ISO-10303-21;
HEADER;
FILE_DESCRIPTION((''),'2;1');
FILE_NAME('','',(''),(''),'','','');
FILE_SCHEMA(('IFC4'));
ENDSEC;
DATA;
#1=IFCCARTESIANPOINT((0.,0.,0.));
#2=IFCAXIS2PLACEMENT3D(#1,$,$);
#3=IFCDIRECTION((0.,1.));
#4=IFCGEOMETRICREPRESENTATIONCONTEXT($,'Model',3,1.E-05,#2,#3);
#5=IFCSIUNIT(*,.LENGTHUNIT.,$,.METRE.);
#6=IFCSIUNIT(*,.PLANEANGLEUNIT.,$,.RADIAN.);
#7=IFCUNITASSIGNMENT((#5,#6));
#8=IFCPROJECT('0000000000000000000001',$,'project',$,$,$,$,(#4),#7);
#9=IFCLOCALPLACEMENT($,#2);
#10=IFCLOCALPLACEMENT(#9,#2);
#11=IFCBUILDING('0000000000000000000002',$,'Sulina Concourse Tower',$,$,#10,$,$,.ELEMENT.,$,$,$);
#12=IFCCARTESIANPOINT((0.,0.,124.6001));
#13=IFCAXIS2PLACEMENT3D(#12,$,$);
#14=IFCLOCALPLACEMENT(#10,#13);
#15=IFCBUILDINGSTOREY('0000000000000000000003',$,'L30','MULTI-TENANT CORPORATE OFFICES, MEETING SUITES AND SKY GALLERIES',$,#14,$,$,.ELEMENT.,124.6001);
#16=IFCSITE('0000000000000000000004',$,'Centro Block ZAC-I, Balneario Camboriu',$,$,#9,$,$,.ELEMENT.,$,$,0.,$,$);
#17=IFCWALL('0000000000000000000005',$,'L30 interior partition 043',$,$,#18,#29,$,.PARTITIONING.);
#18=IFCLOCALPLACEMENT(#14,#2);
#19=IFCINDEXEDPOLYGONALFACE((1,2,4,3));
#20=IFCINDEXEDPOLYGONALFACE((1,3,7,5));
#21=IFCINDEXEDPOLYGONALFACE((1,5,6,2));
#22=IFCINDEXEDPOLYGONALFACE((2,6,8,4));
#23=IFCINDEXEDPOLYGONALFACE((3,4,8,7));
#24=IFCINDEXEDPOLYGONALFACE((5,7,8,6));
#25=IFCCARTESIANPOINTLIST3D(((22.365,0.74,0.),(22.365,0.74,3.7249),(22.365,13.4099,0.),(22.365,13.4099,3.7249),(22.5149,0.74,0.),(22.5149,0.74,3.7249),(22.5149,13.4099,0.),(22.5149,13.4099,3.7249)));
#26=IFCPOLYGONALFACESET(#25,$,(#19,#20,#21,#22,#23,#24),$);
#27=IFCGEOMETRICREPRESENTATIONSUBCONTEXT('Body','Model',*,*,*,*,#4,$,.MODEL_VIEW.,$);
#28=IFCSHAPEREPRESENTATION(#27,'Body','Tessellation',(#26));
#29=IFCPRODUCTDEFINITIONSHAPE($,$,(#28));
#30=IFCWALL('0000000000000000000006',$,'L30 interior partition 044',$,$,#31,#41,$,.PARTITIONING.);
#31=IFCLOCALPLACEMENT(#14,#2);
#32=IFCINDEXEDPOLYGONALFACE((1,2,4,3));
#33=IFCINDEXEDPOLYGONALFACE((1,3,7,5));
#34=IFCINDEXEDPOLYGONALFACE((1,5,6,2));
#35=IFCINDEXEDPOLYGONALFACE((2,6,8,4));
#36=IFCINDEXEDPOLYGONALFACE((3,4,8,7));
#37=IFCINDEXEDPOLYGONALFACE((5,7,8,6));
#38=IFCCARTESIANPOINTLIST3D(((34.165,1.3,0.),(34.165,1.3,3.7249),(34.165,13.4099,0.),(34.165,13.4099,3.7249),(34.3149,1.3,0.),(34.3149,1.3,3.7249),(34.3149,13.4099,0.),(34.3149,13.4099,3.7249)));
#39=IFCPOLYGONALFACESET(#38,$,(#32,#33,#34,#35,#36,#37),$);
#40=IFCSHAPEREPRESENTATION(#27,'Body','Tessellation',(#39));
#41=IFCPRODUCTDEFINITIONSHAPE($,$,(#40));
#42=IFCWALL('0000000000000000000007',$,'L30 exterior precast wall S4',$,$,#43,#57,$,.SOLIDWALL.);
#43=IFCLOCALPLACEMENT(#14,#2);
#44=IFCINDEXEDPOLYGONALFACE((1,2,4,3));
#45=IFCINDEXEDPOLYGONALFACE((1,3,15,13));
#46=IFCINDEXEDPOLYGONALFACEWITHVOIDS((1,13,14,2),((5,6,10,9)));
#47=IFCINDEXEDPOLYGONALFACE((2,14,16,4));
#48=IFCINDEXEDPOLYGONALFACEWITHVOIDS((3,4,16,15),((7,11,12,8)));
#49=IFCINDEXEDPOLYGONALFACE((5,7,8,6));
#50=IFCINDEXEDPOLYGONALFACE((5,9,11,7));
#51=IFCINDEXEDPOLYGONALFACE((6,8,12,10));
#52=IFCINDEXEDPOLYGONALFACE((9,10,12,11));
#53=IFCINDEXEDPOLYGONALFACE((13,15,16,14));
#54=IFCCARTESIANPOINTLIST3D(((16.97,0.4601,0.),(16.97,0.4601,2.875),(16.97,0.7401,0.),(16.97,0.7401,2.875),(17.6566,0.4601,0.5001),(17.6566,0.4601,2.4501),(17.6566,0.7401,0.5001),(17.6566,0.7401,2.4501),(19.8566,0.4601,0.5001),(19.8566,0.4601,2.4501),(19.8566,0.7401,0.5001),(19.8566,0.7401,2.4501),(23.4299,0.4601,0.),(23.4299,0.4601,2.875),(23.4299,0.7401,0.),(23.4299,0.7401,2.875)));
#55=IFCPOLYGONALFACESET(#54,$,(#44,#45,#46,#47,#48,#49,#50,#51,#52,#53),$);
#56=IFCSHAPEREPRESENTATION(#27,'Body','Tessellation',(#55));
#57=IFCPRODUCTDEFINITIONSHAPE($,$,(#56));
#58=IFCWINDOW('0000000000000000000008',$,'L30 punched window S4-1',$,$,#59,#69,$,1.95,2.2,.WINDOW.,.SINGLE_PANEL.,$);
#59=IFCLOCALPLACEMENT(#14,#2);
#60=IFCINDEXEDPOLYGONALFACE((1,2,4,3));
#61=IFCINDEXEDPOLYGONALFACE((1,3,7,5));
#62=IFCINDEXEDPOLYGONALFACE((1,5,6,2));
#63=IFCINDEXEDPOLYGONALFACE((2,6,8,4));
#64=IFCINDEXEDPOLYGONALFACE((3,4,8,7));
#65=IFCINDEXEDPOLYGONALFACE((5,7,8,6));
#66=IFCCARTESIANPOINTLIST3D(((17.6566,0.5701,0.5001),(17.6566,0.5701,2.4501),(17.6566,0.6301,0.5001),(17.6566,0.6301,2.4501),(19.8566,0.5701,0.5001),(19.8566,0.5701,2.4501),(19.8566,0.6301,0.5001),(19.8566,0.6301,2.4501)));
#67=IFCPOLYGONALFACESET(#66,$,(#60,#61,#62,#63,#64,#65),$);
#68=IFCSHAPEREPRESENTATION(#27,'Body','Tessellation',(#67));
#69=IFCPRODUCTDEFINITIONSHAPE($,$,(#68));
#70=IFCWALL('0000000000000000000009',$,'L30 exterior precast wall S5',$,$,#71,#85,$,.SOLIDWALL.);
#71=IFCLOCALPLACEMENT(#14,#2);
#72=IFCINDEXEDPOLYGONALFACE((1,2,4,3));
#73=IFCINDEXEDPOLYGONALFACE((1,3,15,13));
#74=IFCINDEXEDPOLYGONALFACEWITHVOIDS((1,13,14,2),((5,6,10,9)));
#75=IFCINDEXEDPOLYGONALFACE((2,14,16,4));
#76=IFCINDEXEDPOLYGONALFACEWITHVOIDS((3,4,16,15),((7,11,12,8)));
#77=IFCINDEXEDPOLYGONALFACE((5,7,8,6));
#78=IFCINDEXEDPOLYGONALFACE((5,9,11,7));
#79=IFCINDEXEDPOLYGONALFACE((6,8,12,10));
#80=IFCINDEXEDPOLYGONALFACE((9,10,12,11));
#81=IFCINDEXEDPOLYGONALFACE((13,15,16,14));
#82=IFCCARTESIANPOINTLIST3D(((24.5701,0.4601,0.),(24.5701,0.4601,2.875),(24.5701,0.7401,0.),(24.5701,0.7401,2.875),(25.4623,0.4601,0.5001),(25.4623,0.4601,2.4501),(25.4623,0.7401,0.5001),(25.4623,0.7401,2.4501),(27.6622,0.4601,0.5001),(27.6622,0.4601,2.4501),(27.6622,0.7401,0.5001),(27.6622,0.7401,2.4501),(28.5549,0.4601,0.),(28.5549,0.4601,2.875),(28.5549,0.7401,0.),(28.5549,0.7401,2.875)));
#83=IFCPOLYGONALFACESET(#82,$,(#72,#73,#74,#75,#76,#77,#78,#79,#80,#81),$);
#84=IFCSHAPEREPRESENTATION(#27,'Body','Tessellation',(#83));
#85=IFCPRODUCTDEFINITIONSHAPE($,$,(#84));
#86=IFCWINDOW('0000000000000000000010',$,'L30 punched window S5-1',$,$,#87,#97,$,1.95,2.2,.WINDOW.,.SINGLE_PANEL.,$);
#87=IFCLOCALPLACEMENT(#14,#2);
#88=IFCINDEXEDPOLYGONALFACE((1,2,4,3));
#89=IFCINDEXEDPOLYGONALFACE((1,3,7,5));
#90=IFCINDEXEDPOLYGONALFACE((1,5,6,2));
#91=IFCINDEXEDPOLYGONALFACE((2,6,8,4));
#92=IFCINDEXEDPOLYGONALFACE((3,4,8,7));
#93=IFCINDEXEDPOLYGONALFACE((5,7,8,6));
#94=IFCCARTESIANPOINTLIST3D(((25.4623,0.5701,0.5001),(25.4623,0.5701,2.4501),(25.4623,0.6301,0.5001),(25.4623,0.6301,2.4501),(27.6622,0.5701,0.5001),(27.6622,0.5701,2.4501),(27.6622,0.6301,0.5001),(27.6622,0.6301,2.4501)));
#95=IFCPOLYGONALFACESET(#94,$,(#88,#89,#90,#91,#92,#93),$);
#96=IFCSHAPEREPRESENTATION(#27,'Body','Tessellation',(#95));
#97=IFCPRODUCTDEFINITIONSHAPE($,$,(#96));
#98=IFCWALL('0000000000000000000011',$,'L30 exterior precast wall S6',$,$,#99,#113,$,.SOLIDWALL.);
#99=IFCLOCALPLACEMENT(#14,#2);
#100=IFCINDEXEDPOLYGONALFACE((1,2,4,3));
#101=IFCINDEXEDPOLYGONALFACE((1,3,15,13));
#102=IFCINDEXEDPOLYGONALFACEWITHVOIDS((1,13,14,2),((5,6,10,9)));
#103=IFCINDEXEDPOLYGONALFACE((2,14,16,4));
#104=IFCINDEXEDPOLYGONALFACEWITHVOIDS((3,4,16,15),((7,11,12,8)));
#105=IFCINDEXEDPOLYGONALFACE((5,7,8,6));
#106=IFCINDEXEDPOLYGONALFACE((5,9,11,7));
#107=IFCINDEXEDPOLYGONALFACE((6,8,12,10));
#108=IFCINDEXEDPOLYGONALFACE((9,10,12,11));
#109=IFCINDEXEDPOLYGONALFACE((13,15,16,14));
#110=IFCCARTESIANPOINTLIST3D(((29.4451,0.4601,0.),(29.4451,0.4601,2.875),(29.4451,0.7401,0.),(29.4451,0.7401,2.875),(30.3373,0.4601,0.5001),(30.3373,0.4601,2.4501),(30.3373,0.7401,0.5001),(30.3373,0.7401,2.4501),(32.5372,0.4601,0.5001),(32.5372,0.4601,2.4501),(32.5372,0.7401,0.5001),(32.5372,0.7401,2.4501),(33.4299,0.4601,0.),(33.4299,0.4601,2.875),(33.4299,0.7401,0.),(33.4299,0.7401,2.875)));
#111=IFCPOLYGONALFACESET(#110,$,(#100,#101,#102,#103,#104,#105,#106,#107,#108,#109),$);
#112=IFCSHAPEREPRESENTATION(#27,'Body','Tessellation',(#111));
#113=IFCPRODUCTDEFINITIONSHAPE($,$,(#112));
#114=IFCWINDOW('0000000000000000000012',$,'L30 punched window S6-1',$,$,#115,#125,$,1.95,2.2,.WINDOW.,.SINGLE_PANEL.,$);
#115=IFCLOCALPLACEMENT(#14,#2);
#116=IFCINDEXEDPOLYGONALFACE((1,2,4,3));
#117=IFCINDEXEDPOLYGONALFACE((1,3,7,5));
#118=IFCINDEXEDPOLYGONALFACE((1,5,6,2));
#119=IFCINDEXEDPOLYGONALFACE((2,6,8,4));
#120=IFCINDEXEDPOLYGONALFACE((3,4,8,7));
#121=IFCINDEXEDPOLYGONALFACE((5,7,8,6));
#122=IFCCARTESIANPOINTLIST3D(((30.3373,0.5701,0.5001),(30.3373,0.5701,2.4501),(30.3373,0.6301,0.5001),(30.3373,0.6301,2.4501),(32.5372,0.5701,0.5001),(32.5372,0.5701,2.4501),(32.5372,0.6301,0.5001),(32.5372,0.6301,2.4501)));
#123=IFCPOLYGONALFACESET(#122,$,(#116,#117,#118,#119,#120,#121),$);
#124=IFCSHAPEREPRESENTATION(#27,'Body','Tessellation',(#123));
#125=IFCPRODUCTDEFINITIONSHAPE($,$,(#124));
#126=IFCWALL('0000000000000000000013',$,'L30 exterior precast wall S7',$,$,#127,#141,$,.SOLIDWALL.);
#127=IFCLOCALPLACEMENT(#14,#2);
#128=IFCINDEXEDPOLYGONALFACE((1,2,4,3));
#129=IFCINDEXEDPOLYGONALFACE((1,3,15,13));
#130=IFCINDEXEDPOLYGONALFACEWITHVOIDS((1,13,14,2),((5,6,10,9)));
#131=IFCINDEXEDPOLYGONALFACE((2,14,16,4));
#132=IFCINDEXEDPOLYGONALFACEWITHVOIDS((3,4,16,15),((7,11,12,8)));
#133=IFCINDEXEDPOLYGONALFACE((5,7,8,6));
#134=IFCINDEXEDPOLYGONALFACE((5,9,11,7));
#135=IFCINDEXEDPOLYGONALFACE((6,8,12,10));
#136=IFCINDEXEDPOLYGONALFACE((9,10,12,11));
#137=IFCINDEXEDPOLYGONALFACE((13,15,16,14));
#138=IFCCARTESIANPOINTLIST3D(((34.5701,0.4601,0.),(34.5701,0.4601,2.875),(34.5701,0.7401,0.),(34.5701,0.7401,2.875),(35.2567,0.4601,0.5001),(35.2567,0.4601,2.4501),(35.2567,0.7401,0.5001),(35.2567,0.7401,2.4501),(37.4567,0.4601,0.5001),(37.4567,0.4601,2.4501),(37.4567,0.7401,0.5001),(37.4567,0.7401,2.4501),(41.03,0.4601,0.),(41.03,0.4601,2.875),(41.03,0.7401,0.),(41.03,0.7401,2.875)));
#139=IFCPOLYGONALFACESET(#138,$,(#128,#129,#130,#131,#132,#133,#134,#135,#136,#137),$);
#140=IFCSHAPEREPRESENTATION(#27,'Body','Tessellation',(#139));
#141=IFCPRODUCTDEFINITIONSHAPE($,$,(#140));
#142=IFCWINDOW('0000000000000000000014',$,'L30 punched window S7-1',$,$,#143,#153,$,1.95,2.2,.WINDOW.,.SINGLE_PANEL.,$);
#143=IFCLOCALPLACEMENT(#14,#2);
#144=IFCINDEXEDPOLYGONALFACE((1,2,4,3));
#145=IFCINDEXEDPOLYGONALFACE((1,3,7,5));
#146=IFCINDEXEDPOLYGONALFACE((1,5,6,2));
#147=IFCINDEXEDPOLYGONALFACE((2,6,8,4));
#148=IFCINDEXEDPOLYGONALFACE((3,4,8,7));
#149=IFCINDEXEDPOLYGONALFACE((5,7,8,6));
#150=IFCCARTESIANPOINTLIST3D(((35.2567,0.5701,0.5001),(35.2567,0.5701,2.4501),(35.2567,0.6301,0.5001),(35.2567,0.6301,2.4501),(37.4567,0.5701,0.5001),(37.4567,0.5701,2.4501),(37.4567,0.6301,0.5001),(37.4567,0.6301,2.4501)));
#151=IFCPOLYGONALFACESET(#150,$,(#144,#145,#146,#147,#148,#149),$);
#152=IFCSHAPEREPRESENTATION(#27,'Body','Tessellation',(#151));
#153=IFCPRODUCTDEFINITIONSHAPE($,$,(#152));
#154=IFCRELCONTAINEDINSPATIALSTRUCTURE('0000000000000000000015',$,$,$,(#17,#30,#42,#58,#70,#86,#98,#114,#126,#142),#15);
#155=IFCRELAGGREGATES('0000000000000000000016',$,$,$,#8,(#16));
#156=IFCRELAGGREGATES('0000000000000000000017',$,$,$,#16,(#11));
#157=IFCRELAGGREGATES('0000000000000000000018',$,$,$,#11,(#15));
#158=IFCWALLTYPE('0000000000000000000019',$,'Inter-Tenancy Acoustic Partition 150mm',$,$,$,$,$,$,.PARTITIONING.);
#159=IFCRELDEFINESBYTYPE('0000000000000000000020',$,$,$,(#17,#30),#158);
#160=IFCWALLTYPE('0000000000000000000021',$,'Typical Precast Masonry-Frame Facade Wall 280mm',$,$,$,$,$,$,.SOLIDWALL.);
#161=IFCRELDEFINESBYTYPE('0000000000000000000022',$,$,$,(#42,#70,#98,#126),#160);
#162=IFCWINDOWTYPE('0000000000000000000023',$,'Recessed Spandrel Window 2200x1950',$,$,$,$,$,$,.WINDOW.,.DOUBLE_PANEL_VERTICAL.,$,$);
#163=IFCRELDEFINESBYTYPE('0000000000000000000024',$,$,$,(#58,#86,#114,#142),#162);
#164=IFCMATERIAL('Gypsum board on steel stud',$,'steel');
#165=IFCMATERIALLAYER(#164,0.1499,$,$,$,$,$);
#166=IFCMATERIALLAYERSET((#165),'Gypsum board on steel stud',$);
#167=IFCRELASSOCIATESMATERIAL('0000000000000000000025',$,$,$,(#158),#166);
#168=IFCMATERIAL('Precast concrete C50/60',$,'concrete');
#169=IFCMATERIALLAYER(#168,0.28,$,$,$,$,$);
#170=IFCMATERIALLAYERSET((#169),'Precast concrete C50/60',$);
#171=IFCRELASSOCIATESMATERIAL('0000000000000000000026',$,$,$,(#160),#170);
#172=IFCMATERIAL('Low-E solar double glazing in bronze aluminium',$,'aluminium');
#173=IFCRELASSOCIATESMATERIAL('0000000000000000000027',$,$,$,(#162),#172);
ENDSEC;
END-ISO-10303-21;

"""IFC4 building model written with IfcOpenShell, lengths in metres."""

from ifc_helpers import new_model, si_unit, direction, frame, frame_2d, origin, place, context, subcontext, project, spatial, rectangle, extrude, material, layer, layer_set, type_object, element, fill, save


model = new_model("IFC4")

# Units and contexts
model_context = context("Model", 3, precision=1e-05, world=origin(), true_north=direction((0.0, 1.0)))
body_context = subcontext(model_context, "Body", "Model", "MODEL_VIEW")
ifc_project = project(units=[si_unit("LENGTHUNIT", "METRE"), si_unit("PLANEANGLEUNIT", "RADIAN")], contexts=[model_context])

# Site, building, storey
site_placement = place(None, origin())
site = spatial("IfcSite", under=ifc_project, at=site_placement, Name="Centro Block ZAC-I, Balneario Camboriu", CompositionType="ELEMENT", RefElevation=0.0)
building_placement = place(site_placement, origin())
building = spatial("IfcBuilding", under=site, at=building_placement, Name="Sulina Concourse Tower", CompositionType="ELEMENT")
storey_placement = place(building_placement, frame((0.0, 0.0, 124.6001)))
storey = spatial("IfcBuildingStorey", under=building, at=storey_placement, Name="L30", Description="MULTI-TENANT CORPORATE OFFICES, MEETING SUITES AND SKY GALLERIES", CompositionType="ELEMENT", Elevation=124.6001)

# Walls
ifc_material_1 = material(Name="Gypsum board on steel stud", Category="steel")
ifc_layer_1 = layer(ifc_material_1, 0.1499)
ifc_layer_set_1 = layer_set([ifc_layer_1], Name="Gypsum board on steel stud")
wall_type_1 = type_object("IfcWallType", Name="Inter-Tenancy Acoustic Partition 150mm", PredefinedType="PARTITIONING", material=ifc_layer_set_1)
wall_1_placement = place(storey_placement, frame((22.4399, 0.74, 0.0), z_axis=(0.0, 0.0, 1.0), x_axis=(0.0, 1.0, 0.0)))
element("IfcWall", 1, at=wall_1_placement, inside=storey, type_object=wall_type_1, Name="L30 interior partition 043", PredefinedType="PARTITIONING", context=body_context, shape_type="SweptSolid", body=[
    extrude(rectangle(XDim=12.6699, YDim=0.1499, at=frame_2d((6.335, 0.0))), origin(), (0.0, 0.0, 1.0), 3.7249),
])
wall_2_placement = place(storey_placement, frame((34.24, 1.3, 0.0), z_axis=(0.0, 0.0, 1.0), x_axis=(0.0, 1.0, 0.0)))
element("IfcWall", 2, at=wall_2_placement, inside=storey, type_object=wall_type_1, Name="L30 interior partition 044", PredefinedType="PARTITIONING", context=body_context, shape_type="SweptSolid", body=[
    extrude(rectangle(XDim=12.1099, YDim=0.1499, at=frame_2d((6.0549, 0.0))), origin(), (0.0, 0.0, 1.0), 3.7249),
])

# Walls, openings, windows
ifc_material_2 = material(Name="Precast concrete C50/60", Category="concrete")
ifc_layer_2 = layer(ifc_material_2, 0.28)
ifc_layer_set_2 = layer_set([ifc_layer_2], Name="Precast concrete C50/60")
wall_type_2 = type_object("IfcWallType", Name="Typical Precast Masonry-Frame Facade Wall 280mm", PredefinedType="SOLIDWALL", material=ifc_layer_set_2)
wall_3_placement = place(storey_placement, frame((23.4299, 0.6001, 0.0), z_axis=(0.0, 0.0, 1.0), x_axis=(-1.0, 0.0, 0.0)))
wall_3 = element("IfcWall", 3, at=wall_3_placement, inside=storey, type_object=wall_type_2, Name="L30 exterior precast wall S4", PredefinedType="SOLIDWALL", context=body_context, shape_type="SweptSolid", body=[
    extrude(rectangle(XDim=6.46, YDim=0.28, at=frame_2d((3.23, 0.0))), origin(), (0.0, 0.0, 1.0), 2.875),
])
opening_1_placement = place(wall_3_placement, frame((3.5732, 0.0, 0.5)))
opening_1 = element("IfcOpeningElement", 4, at=opening_1_placement, cuts=wall_3, PredefinedType="OPENING", context=body_context, shape_type="SweptSolid", body=[
    extrude(rectangle(XDim=2.2, YDim=1.95, at=frame_2d((1.1001, 0.9751))), frame((0.0, 0.1499, 0.0), z_axis=(0.0, -1.0, 0.0), x_axis=(1.0, 0.0, 0.0)), (0.0, 0.0, 1.0), 0.3),
])
ifc_material_3 = material(Name="Low-E solar double glazing in bronze aluminium", Category="aluminium")
window_type = type_object("IfcWindowType", Name="Recessed Spandrel Window 2200x1950", PartitioningType="DOUBLE_PANEL_VERTICAL", PredefinedType="WINDOW", material=ifc_material_3)
window_1_placement = place(opening_1_placement, origin())
window_1 = element("IfcWindow", 5, at=window_1_placement, inside=storey, type_object=window_type, Name="L30 punched window S4-1", OverallHeight=1.95, OverallWidth=2.2, PartitioningType="SINGLE_PANEL", PredefinedType="WINDOW", context=body_context, shape_type="SweptSolid", body=[
    extrude(rectangle(XDim=2.2, YDim=1.95, at=frame_2d((1.1001, 0.9751))), frame((0.0, 0.03, 0.0), z_axis=(0.0, -1.0, 0.0), x_axis=(1.0, 0.0, 0.0)), (0.0, 0.0, 1.0), 0.0601),
])
fill(opening_1, window_1)
wall_4_placement = place(storey_placement, frame((28.5549, 0.6001, 0.0), z_axis=(0.0, 0.0, 1.0), x_axis=(-1.0, 0.0, 0.0)))
wall_4 = element("IfcWall", 6, at=wall_4_placement, inside=storey, type_object=wall_type_2, Name="L30 exterior precast wall S5", PredefinedType="SOLIDWALL", context=body_context, shape_type="SweptSolid", body=[
    extrude(rectangle(XDim=3.9849, YDim=0.28, at=frame_2d((1.9924, 0.0))), origin(), (0.0, 0.0, 1.0), 2.875),
])
opening_2_placement = place(wall_4_placement, frame((0.8926, 0.0, 0.5)))
opening_2 = element("IfcOpeningElement", 7, at=opening_2_placement, cuts=wall_4, PredefinedType="OPENING", context=body_context, shape_type="SweptSolid", body=[
    extrude(rectangle(XDim=2.2, YDim=1.95, at=frame_2d((1.1001, 0.9751))), frame((0.0, 0.1499, 0.0), z_axis=(0.0, -1.0, 0.0), x_axis=(1.0, 0.0, 0.0)), (0.0, 0.0, 1.0), 0.3),
])
window_2_placement = place(opening_2_placement, origin())
window_2 = element("IfcWindow", 8, at=window_2_placement, inside=storey, type_object=window_type, Name="L30 punched window S5-1", OverallHeight=1.95, OverallWidth=2.2, PartitioningType="SINGLE_PANEL", PredefinedType="WINDOW", context=body_context, shape_type="SweptSolid", body=[
    extrude(rectangle(XDim=2.2, YDim=1.95, at=frame_2d((1.1001, 0.9751))), frame((0.0, 0.03, 0.0), z_axis=(0.0, -1.0, 0.0), x_axis=(1.0, 0.0, 0.0)), (0.0, 0.0, 1.0), 0.0601),
])
fill(opening_2, window_2)
wall_5_placement = place(storey_placement, frame((33.4299, 0.6001, 0.0), z_axis=(0.0, 0.0, 1.0), x_axis=(-1.0, 0.0, 0.0)))
wall_5 = element("IfcWall", 9, at=wall_5_placement, inside=storey, type_object=wall_type_2, Name="L30 exterior precast wall S6", PredefinedType="SOLIDWALL", context=body_context, shape_type="SweptSolid", body=[
    extrude(rectangle(XDim=3.9849, YDim=0.28, at=frame_2d((1.9924, 0.0))), origin(), (0.0, 0.0, 1.0), 2.875),
])
opening_3_placement = place(wall_5_placement, frame((0.8926, 0.0, 0.5)))
opening_3 = element("IfcOpeningElement", 10, at=opening_3_placement, cuts=wall_5, PredefinedType="OPENING", context=body_context, shape_type="SweptSolid", body=[
    extrude(rectangle(XDim=2.2, YDim=1.95, at=frame_2d((1.1001, 0.9751))), frame((0.0, 0.1499, 0.0), z_axis=(0.0, -1.0, 0.0), x_axis=(1.0, 0.0, 0.0)), (0.0, 0.0, 1.0), 0.3),
])
window_3_placement = place(opening_3_placement, origin())
window_3 = element("IfcWindow", 11, at=window_3_placement, inside=storey, type_object=window_type, Name="L30 punched window S6-1", OverallHeight=1.95, OverallWidth=2.2, PartitioningType="SINGLE_PANEL", PredefinedType="WINDOW", context=body_context, shape_type="SweptSolid", body=[
    extrude(rectangle(XDim=2.2, YDim=1.95, at=frame_2d((1.1001, 0.9751))), frame((0.0, 0.03, 0.0), z_axis=(0.0, -1.0, 0.0), x_axis=(1.0, 0.0, 0.0)), (0.0, 0.0, 1.0), 0.0601),
])
fill(opening_3, window_3)
wall_6_placement = place(storey_placement, frame((41.03, 0.6001, 0.0), z_axis=(0.0, 0.0, 1.0), x_axis=(-1.0, 0.0, 0.0)))
wall_6 = element("IfcWall", 12, at=wall_6_placement, inside=storey, type_object=wall_type_2, Name="L30 exterior precast wall S7", PredefinedType="SOLIDWALL", context=body_context, shape_type="SweptSolid", body=[
    extrude(rectangle(XDim=6.46, YDim=0.28, at=frame_2d((3.23, 0.0))), origin(), (0.0, 0.0, 1.0), 2.875),
])
opening_4_placement = place(wall_6_placement, frame((3.5732, 0.0, 0.5)))
opening_4 = element("IfcOpeningElement", 13, at=opening_4_placement, cuts=wall_6, PredefinedType="OPENING", context=body_context, shape_type="SweptSolid", body=[
    extrude(rectangle(XDim=2.2, YDim=1.95, at=frame_2d((1.1001, 0.9751))), frame((0.0, 0.1499, 0.0), z_axis=(0.0, -1.0, 0.0), x_axis=(1.0, 0.0, 0.0)), (0.0, 0.0, 1.0), 0.3),
])
window_4_placement = place(opening_4_placement, origin())
window_4 = element("IfcWindow", 14, at=window_4_placement, inside=storey, type_object=window_type, Name="L30 punched window S7-1", OverallHeight=1.95, OverallWidth=2.2, PartitioningType="SINGLE_PANEL", PredefinedType="WINDOW", context=body_context, shape_type="SweptSolid", body=[
    extrude(rectangle(XDim=2.2, YDim=1.95, at=frame_2d((1.1001, 0.9751))), frame((0.0, 0.03, 0.0), z_axis=(0.0, -1.0, 0.0), x_axis=(1.0, 0.0, 0.0)), (0.0, 0.0, 1.0), 0.0601),
])
fill(opening_4, window_4)

save(model, "model.ifc")
